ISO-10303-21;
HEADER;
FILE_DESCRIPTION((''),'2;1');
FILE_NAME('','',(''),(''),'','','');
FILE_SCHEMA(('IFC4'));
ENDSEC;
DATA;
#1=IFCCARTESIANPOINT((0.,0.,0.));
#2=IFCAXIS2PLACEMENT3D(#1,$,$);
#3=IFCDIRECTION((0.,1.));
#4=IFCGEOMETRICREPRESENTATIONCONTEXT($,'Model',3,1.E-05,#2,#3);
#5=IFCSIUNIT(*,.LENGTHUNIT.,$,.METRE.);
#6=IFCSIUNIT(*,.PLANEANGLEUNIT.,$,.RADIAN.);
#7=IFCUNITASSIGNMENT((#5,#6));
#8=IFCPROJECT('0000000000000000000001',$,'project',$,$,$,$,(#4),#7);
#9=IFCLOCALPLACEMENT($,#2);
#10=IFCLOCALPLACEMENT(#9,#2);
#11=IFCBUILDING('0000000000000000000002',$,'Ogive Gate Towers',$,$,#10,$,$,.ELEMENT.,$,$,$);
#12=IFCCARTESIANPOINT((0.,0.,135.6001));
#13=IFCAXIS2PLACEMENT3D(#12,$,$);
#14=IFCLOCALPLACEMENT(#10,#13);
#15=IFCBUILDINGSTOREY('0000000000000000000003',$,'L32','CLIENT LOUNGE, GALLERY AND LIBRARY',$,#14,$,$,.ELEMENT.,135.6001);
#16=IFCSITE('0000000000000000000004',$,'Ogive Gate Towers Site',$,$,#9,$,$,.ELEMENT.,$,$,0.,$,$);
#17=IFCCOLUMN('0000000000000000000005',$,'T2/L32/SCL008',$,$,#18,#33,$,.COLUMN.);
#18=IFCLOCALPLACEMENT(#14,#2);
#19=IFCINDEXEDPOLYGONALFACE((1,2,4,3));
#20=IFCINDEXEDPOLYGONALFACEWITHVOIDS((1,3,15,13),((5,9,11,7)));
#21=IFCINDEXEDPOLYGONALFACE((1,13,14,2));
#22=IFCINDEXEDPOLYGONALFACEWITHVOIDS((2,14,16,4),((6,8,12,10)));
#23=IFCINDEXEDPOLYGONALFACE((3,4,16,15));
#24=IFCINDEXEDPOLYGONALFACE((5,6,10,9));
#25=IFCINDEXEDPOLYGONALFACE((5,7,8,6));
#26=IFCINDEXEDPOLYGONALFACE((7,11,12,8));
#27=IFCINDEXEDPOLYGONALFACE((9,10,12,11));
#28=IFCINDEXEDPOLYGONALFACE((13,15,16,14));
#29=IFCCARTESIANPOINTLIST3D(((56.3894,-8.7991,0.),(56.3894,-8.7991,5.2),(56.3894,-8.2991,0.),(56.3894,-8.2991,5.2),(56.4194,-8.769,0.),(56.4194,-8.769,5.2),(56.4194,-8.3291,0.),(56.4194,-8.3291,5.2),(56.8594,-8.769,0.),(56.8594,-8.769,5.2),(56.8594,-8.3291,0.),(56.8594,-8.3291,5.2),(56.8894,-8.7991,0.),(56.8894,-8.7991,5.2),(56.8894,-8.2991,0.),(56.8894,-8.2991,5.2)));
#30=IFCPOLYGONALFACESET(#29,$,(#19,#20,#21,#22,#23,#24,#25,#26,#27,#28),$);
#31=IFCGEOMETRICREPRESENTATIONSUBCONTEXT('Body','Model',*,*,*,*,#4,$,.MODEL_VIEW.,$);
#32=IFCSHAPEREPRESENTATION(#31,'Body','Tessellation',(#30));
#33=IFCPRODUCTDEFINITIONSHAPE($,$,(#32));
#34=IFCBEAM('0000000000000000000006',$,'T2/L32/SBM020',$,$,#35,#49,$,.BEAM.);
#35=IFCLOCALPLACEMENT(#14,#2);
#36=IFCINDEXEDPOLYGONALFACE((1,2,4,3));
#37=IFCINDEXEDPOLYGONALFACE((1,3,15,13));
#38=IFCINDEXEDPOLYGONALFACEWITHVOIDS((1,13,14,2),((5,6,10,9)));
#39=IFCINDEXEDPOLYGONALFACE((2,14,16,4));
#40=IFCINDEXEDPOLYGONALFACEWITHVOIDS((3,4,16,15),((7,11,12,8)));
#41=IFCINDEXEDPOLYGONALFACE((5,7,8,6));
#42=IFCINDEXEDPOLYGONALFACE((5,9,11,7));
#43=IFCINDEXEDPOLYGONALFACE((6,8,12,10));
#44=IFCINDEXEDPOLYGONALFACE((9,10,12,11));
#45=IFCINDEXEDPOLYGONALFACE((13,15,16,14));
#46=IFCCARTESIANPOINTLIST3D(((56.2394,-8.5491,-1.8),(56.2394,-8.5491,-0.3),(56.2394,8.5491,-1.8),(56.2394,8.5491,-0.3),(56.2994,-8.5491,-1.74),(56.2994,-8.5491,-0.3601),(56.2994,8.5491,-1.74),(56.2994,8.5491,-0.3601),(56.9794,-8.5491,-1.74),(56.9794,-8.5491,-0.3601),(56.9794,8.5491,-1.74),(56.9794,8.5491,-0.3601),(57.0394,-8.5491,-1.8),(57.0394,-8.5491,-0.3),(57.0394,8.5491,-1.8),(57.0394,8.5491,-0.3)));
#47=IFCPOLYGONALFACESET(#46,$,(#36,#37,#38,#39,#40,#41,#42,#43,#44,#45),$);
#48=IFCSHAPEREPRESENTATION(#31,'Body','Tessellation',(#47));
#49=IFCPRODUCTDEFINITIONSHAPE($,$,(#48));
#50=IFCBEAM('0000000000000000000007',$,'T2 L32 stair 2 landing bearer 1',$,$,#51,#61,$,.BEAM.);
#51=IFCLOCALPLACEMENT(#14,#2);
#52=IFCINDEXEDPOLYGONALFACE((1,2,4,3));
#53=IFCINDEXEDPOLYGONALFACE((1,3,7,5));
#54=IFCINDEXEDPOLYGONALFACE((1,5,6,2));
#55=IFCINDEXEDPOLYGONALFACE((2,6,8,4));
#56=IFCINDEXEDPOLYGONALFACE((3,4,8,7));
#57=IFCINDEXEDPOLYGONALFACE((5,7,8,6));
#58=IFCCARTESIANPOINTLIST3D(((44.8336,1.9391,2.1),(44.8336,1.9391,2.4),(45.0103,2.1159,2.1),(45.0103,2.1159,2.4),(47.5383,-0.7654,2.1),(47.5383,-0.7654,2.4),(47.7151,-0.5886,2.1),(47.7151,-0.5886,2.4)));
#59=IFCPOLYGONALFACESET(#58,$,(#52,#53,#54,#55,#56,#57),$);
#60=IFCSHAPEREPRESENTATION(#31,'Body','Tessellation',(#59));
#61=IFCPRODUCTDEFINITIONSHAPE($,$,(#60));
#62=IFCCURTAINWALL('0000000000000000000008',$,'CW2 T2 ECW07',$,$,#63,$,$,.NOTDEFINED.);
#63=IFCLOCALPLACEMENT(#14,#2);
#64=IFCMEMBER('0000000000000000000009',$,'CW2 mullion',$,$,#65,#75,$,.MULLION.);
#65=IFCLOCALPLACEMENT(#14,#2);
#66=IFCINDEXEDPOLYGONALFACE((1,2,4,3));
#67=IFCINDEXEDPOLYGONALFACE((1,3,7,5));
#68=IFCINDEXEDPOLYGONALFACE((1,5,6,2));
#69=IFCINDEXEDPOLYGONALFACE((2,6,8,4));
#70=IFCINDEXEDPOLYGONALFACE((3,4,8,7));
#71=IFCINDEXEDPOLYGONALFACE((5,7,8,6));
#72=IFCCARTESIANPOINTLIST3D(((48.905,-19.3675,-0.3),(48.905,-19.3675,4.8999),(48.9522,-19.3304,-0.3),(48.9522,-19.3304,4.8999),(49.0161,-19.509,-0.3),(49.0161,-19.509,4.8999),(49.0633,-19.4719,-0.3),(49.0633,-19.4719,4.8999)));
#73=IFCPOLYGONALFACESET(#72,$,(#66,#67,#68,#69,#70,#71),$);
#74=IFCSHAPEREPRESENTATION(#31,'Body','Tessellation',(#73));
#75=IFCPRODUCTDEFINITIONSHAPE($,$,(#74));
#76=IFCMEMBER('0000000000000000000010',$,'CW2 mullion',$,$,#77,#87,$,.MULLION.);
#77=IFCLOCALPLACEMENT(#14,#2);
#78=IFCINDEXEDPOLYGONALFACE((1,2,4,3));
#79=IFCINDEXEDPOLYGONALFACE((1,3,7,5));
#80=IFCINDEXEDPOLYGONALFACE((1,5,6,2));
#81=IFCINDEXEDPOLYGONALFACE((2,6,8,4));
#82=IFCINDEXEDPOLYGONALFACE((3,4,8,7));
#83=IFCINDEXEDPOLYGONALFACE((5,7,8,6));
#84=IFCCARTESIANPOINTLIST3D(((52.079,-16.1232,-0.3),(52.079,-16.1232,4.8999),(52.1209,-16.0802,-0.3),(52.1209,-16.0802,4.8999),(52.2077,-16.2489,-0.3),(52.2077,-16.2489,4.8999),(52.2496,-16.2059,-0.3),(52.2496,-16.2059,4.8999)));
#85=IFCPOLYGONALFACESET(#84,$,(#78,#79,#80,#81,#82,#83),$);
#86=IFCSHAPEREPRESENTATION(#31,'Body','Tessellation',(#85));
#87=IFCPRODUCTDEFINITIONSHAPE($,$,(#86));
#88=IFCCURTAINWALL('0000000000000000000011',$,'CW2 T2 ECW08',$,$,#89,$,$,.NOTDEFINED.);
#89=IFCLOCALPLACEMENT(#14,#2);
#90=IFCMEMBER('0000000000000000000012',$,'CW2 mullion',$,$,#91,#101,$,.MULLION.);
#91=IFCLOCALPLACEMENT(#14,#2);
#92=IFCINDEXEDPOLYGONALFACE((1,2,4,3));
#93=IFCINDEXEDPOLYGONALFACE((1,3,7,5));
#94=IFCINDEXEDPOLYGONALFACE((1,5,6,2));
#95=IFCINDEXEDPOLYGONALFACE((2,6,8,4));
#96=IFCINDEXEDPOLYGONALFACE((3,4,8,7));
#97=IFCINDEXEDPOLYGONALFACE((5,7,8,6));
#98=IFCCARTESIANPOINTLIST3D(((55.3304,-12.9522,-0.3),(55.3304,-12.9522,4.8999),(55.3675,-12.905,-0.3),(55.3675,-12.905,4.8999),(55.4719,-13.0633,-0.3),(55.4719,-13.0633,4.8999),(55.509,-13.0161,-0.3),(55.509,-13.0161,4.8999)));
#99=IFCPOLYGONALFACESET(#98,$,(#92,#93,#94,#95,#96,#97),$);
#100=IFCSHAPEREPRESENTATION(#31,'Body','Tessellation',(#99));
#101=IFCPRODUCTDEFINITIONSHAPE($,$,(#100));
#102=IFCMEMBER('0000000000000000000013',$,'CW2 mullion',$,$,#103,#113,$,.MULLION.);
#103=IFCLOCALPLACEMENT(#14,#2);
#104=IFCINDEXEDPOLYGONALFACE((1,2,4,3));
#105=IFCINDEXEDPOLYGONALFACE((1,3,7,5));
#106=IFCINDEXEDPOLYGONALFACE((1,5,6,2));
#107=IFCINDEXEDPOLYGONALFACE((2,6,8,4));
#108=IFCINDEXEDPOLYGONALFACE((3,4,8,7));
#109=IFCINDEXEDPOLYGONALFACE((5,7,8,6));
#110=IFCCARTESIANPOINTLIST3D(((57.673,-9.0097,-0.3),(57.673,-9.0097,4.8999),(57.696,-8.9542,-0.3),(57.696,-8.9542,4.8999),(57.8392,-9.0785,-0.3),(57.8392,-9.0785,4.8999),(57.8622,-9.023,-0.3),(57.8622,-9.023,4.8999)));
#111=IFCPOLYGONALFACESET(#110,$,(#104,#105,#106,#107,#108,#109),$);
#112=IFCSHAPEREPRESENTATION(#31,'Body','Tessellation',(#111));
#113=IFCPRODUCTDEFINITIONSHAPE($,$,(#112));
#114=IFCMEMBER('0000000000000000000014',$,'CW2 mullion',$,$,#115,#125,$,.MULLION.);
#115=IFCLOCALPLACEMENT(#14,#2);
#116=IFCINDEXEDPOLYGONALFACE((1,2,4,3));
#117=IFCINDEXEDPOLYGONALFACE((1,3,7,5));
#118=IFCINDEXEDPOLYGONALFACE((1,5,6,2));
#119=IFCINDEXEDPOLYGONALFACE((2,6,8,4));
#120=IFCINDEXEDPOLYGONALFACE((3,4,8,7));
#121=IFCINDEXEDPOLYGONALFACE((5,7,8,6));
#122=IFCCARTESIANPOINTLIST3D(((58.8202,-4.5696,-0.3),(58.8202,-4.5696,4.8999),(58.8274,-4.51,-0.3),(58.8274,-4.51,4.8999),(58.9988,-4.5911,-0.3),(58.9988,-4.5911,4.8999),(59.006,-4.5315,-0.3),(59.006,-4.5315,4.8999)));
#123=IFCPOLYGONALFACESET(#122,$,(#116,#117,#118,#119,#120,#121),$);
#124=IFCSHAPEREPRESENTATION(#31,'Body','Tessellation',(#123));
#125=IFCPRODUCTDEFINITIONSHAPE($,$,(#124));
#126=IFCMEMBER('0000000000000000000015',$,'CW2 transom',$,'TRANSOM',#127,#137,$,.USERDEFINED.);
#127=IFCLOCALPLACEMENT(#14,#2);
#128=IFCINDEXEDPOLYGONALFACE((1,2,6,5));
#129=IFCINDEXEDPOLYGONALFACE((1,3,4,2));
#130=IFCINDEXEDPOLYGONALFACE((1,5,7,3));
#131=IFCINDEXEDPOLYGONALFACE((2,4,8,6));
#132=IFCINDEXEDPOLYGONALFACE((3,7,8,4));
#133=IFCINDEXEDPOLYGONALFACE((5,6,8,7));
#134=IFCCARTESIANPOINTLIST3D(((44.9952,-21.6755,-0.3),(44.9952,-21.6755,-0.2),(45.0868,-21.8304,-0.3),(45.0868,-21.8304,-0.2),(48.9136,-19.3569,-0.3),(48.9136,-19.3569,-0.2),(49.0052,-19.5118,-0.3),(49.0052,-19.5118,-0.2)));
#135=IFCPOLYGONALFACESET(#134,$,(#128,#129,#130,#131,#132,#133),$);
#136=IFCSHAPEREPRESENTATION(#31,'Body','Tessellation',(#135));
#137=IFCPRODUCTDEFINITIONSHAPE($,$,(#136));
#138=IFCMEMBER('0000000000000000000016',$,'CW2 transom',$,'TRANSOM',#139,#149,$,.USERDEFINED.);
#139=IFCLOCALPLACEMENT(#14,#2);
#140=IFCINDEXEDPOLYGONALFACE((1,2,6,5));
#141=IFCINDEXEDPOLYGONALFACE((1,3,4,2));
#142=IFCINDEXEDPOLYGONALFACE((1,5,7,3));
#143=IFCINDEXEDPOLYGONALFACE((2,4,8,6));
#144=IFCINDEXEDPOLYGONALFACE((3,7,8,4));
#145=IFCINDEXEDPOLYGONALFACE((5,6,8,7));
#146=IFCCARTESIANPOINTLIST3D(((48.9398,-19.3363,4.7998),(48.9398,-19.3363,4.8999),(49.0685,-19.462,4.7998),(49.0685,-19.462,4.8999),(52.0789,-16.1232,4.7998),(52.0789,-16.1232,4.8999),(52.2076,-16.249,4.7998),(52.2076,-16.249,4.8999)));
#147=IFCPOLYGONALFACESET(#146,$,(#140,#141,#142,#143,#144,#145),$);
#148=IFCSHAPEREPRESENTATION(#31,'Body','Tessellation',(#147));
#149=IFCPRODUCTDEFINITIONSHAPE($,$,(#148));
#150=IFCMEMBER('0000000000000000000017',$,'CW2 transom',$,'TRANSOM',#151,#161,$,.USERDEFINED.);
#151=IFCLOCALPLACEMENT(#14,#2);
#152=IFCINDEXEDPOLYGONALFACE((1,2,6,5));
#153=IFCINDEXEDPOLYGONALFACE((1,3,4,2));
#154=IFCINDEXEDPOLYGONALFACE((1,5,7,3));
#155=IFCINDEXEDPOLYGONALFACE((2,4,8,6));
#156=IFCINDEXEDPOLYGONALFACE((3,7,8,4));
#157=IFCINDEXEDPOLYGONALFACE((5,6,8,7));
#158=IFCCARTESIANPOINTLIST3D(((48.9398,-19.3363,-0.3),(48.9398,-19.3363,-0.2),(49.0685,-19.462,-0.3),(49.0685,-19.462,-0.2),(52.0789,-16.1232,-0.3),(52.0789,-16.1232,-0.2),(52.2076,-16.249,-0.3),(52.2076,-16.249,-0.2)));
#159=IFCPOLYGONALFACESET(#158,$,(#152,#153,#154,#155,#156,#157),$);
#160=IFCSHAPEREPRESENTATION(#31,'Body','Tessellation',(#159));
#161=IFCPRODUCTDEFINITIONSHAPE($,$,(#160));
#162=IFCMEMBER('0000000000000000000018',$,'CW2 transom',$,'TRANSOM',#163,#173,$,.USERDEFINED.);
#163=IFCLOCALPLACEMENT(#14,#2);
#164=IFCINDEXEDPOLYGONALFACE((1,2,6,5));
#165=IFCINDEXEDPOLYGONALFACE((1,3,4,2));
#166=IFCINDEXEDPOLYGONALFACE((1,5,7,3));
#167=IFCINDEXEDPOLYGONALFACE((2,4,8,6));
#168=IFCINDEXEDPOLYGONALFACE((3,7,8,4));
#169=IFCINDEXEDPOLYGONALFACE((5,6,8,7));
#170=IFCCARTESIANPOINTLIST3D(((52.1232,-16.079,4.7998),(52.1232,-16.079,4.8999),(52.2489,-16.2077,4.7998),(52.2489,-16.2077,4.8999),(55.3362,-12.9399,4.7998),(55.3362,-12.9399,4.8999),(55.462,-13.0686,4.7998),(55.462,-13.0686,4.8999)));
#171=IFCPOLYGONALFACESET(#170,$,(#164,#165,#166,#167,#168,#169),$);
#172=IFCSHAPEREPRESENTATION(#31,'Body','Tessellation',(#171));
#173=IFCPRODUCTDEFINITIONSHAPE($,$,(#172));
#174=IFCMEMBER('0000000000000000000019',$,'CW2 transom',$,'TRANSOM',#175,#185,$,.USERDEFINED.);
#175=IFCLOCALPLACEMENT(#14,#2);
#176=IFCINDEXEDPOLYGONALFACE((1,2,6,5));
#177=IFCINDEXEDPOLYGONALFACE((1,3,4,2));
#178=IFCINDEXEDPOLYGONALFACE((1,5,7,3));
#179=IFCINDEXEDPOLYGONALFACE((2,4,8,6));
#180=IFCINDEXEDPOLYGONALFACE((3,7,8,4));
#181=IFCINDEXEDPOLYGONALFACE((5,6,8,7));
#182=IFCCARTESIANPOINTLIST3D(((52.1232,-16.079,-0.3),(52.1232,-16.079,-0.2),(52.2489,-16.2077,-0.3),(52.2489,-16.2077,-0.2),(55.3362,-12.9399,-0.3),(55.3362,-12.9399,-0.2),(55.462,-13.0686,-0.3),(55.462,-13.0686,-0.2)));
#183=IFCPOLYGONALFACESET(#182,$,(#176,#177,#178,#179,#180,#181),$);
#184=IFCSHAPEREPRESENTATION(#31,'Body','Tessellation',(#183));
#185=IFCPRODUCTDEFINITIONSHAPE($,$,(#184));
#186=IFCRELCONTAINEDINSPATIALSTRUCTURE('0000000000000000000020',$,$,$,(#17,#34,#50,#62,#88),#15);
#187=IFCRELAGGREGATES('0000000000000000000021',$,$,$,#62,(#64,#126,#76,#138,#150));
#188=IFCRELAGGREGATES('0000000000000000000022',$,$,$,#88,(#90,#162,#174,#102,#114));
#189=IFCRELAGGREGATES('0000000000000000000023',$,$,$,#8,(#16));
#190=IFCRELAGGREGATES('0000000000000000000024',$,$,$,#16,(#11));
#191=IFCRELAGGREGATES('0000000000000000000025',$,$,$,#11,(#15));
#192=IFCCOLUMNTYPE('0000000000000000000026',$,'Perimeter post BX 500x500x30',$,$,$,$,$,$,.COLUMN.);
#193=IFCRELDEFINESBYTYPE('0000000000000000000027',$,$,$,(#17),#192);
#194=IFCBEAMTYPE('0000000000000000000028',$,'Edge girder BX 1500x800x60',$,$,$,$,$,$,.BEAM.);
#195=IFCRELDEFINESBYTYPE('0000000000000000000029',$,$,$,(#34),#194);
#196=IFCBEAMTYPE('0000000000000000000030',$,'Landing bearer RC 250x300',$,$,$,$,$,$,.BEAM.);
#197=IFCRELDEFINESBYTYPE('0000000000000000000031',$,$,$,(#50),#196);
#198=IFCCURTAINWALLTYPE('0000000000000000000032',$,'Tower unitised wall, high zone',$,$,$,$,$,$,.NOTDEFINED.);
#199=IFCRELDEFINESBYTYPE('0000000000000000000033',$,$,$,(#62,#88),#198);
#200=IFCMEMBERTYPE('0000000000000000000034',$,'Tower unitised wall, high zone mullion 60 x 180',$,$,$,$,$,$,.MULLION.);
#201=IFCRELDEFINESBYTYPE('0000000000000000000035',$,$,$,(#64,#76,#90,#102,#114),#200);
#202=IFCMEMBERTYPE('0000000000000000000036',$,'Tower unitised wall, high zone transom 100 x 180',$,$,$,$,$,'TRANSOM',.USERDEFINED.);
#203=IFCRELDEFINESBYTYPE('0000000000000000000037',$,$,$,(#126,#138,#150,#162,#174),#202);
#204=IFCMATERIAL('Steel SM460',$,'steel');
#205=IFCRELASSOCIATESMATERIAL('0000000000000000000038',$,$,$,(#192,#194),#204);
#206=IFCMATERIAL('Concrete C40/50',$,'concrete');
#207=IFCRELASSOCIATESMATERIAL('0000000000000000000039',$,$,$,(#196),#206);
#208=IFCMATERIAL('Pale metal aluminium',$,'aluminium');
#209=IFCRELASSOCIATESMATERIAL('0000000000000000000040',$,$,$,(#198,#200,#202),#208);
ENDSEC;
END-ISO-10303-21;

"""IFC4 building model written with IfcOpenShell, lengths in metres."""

from ifc_helpers import new_model, si_unit, direction, frame, origin, origin_2d, place, context, subcontext, project, spatial, rectangle, hollow_rectangle, extrude, material, material_profile, profile_set, type_object, element, aggregate, save


model = new_model("IFC4")

# Units and contexts
model_context = context("Model", 3, precision=1e-05, world=origin(), true_north=direction((0.0, 1.0)))
body_context = subcontext(model_context, "Body", "Model", "MODEL_VIEW")
ifc_project = project(units=[si_unit("LENGTHUNIT", "METRE"), si_unit("PLANEANGLEUNIT", "RADIAN")], contexts=[model_context])

# Site, building, storey
site_placement = place(None, origin())
site = spatial("IfcSite", under=ifc_project, at=site_placement, Name="Ogive Gate Towers Site", CompositionType="ELEMENT", RefElevation=0.0)
building_placement = place(site_placement, origin())
building = spatial("IfcBuilding", under=site, at=building_placement, Name="Ogive Gate Towers", CompositionType="ELEMENT")
storey_placement = place(building_placement, frame((0.0, 0.0, 135.6001)))
storey = spatial("IfcBuildingStorey", under=building, at=storey_placement, Name="L32", Description="CLIENT LOUNGE, GALLERY AND LIBRARY", CompositionType="ELEMENT", Elevation=135.6001)

# Column
ifc_material_1 = material(Name="Steel SM460", Category="steel")
ifc_material_profile_1 = material_profile(ifc_material_1, hollow_rectangle(XDim=0.5, YDim=0.5, WallThickness=0.03, at=origin_2d()), Name="BX 500x500x30")
ifc_profile_set_1 = profile_set([ifc_material_profile_1], Name="Steel SM460")
column_type = type_object("IfcColumnType", Name="Perimeter post BX 500x500x30", PredefinedType="COLUMN", material=ifc_profile_set_1)
column_placement = place(storey_placement, frame((56.6394, -8.5491, 0.0), z_axis=(0.0, 0.0, 1.0), x_axis=(1.0, 0.0, 0.0)))
element("IfcColumn", 1, at=column_placement, inside=storey, type_object=column_type, Name="T2/L32/SCL008", PredefinedType="COLUMN", context=body_context, shape_type="SweptSolid", body=[
    extrude(hollow_rectangle(XDim=0.5, YDim=0.5, WallThickness=0.03, at=origin_2d()), origin(), (0.0, 0.0, 1.0), 5.2),
])

# Beams
ifc_material_profile_2 = material_profile(ifc_material_1, hollow_rectangle(XDim=0.8, YDim=1.5, WallThickness=0.0601, at=origin_2d()), Name="BX 1500x800x60")
ifc_profile_set_2 = profile_set([ifc_material_profile_2], Name="Steel SM460")
beam_type_1 = type_object("IfcBeamType", Name="Edge girder BX 1500x800x60", PredefinedType="BEAM", material=ifc_profile_set_2)
beam_1_placement = place(storey_placement, frame((56.6394, -8.5491, -1.05), z_axis=(0.0, 1.0, 0.0), x_axis=(-1.0, 0.0, 0.0)))
element("IfcBeam", 2, at=beam_1_placement, inside=storey, type_object=beam_type_1, Name="T2/L32/SBM020", PredefinedType="BEAM", context=body_context, shape_type="SweptSolid", body=[
    extrude(hollow_rectangle(XDim=0.8, YDim=1.5, WallThickness=0.0601, at=origin_2d()), origin(), (0.0, 0.0, 1.0), 17.0981),
])
ifc_material_2 = material(Name="Concrete C40/50", Category="concrete")
ifc_material_profile_3 = material_profile(ifc_material_2, rectangle(XDim=0.25, YDim=0.3, at=origin_2d()), Name="RC 250x300")
ifc_profile_set_3 = profile_set([ifc_material_profile_3], Name="Concrete C40/50")
beam_type_2 = type_object("IfcBeamType", Name="Landing bearer RC 250x300", PredefinedType="BEAM", material=ifc_profile_set_3)
beam_2_placement = place(storey_placement, frame((47.6267, -0.677, 2.25), z_axis=(-0.707139, 0.707075, 0.0), x_axis=(-0.707075, -0.707139, 0.0)))
element("IfcBeam", 3, at=beam_2_placement, inside=storey, type_object=beam_type_2, Name="T2 L32 stair 2 landing bearer 1", PredefinedType="BEAM", context=body_context, shape_type="SweptSolid", body=[
    extrude(rectangle(XDim=0.25, YDim=0.3, at=origin_2d()), origin(), (0.0, 0.0, 1.0), 3.825),
])

# Curtain walls, members
ifc_material_3 = material(Name="Pale metal aluminium", Category="aluminium")
curtain_wall_type = type_object("IfcCurtainWallType", Name="Tower unitised wall, high zone", PredefinedType="NOTDEFINED", material=ifc_material_3)
curtain_wall_1_placement = place(storey_placement, origin())
curtain_wall_1 = element("IfcCurtainWall", 4, at=curtain_wall_1_placement, inside=storey, type_object=curtain_wall_type, Name="CW2 T2 ECW07", PredefinedType="NOTDEFINED")
ifc_material_profile_4 = material_profile(ifc_material_3, rectangle(XDim=0.1799, YDim=0.0601, at=origin_2d()), Name="60 x 180 aluminium box")
ifc_profile_set_4 = profile_set([ifc_material_profile_4], Name="Pale metal aluminium")
member_type_1 = type_object("IfcMemberType", Name="Tower unitised wall, high zone mullion 60 x 180", PredefinedType="MULLION", material=ifc_profile_set_4)
member_1_placement = place(storey_placement, frame((48.9841, -19.4197, -0.3), z_axis=(0.0, 0.0, 1.0), x_axis=(0.617585, -0.786504, 0.0)))
member_1 = element("IfcMember", 5, at=member_1_placement, type_object=member_type_1, Name="CW2 mullion", PredefinedType="MULLION", context=body_context, shape_type="SweptSolid", body=[
    extrude(rectangle(XDim=0.1799, YDim=0.0601, at=origin_2d()), origin(), (0.0, 0.0, 1.0), 5.2),
])
member_2_placement = place(storey_placement, frame((52.1643, -16.1646, -0.3), z_axis=(0.0, 0.0, 1.0), x_axis=(0.715303, -0.698815, 0.0)))
member_2 = element("IfcMember", 6, at=member_2_placement, type_object=member_type_1, Name="CW2 mullion", PredefinedType="MULLION", context=body_context, shape_type="SweptSolid", body=[
    extrude(rectangle(XDim=0.1799, YDim=0.0601, at=origin_2d()), origin(), (0.0, 0.0, 1.0), 5.2),
])
curtain_wall_2_placement = place(storey_placement, origin())
curtain_wall_2 = element("IfcCurtainWall", 7, at=curtain_wall_2_placement, inside=storey, type_object=curtain_wall_type, Name="CW2 T2 ECW08", PredefinedType="NOTDEFINED")
member_3_placement = place(storey_placement, frame((55.4197, -12.9841, -0.3), z_axis=(0.0, 0.0, 1.0), x_axis=(0.786504, -0.617585, 0.0)))
member_3 = element("IfcMember", 8, at=member_3_placement, type_object=member_type_1, Name="CW2 mullion", PredefinedType="MULLION", context=body_context, shape_type="SweptSolid", body=[
    extrude(rectangle(XDim=0.1799, YDim=0.0601, at=origin_2d()), origin(), (0.0, 0.0, 1.0), 5.2),
])
member_4_placement = place(storey_placement, frame((57.7676, -9.0164, -0.3), z_axis=(0.0, 0.0, 1.0), x_axis=(0.92388, -0.382683, 0.0)))
member_4 = element("IfcMember", 9, at=member_4_placement, type_object=member_type_1, Name="CW2 mullion", PredefinedType="MULLION", context=body_context, shape_type="SweptSolid", body=[
    extrude(rectangle(XDim=0.1799, YDim=0.0601, at=origin_2d()), origin(), (0.0, 0.0, 1.0), 5.2),
])
member_5_placement = place(storey_placement, frame((58.9131, -4.5505, -0.3), z_axis=(0.0, 0.0, 1.0), x_axis=(0.992841, -0.119444, 0.0)))
member_5 = element("IfcMember", 10, at=member_5_placement, type_object=member_type_1, Name="CW2 mullion", PredefinedType="MULLION", context=body_context, shape_type="SweptSolid", body=[
    extrude(rectangle(XDim=0.1799, YDim=0.0601, at=origin_2d()), origin(), (0.0, 0.0, 1.0), 5.2),
])

# Members
ifc_material_profile_5 = material_profile(ifc_material_3, rectangle(XDim=0.1799, YDim=0.1001, at=origin_2d()), Name="100 x 180 aluminium box")
ifc_profile_set_5 = profile_set([ifc_material_profile_5], Name="Pale metal aluminium")
member_type_2 = type_object("IfcMemberType", Name="Tower unitised wall, high zone transom 100 x 180", ElementType="TRANSOM", PredefinedType="USERDEFINED", material=ifc_profile_set_5)
member_6_placement = place(storey_placement, frame((45.041, -21.7529, -0.25), z_axis=(0.860623, 0.509242, 0.0), x_axis=(-0.509242, 0.860623, 0.0)))
member_6 = element("IfcMember", 11, at=member_6_placement, type_object=member_type_2, Name="CW2 transom", ObjectType="TRANSOM", PredefinedType="USERDEFINED", context=body_context, shape_type="SweptSolid", body=[
    extrude(rectangle(XDim=0.1799, YDim=0.1001, at=origin_2d()), origin(), (0.0, 0.0, 1.0), 4.553),
])
member_7_placement = place(storey_placement, frame((49.0042, -19.3992, 4.8499), z_axis=(0.698825, 0.715293, 0.0), x_axis=(-0.715293, 0.698825, 0.0)))
member_7 = element("IfcMember", 12, at=member_7_placement, type_object=member_type_2, Name="CW2 transom", ObjectType="TRANSOM", PredefinedType="USERDEFINED", context=body_context, shape_type="SweptSolid", body=[
    extrude(rectangle(XDim=0.1799, YDim=0.1001, at=origin_2d()), origin(), (0.0, 0.0, 1.0), 4.4919),
])
member_8_placement = place(storey_placement, frame((49.0042, -19.3992, -0.25), z_axis=(0.698825, 0.715293, 0.0), x_axis=(-0.715293, 0.698825, 0.0)))
member_8 = element("IfcMember", 13, at=member_8_placement, type_object=member_type_2, Name="CW2 transom", ObjectType="TRANSOM", PredefinedType="USERDEFINED", context=body_context, shape_type="SweptSolid", body=[
    extrude(rectangle(XDim=0.1799, YDim=0.1001, at=origin_2d()), origin(), (0.0, 0.0, 1.0), 4.4919),
])
member_9_placement = place(storey_placement, frame((52.186, -16.1433, 4.8499), z_axis=(0.715293, 0.698825, 0.0), x_axis=(-0.698825, 0.715293, 0.0)))
member_9 = element("IfcMember", 14, at=member_9_placement, type_object=member_type_2, Name="CW2 transom", ObjectType="TRANSOM", PredefinedType="USERDEFINED", context=body_context, shape_type="SweptSolid", body=[
    extrude(rectangle(XDim=0.1799, YDim=0.1001, at=origin_2d()), origin(), (0.0, 0.0, 1.0), 4.4919),
])
member_10_placement = place(storey_placement, frame((52.186, -16.1433, -0.25), z_axis=(0.715293, 0.698825, 0.0), x_axis=(-0.698825, 0.715293, 0.0)))
member_10 = element("IfcMember", 15, at=member_10_placement, type_object=member_type_2, Name="CW2 transom", ObjectType="TRANSOM", PredefinedType="USERDEFINED", context=body_context, shape_type="SweptSolid", body=[
    extrude(rectangle(XDim=0.1799, YDim=0.1001, at=origin_2d()), origin(), (0.0, 0.0, 1.0), 4.4919),
])

aggregate(curtain_wall_1, [member_1, member_6, member_2, member_7, member_8])
aggregate(curtain_wall_2, [member_3, member_9, member_10, member_4, member_5])

save(model, "model.ifc")
